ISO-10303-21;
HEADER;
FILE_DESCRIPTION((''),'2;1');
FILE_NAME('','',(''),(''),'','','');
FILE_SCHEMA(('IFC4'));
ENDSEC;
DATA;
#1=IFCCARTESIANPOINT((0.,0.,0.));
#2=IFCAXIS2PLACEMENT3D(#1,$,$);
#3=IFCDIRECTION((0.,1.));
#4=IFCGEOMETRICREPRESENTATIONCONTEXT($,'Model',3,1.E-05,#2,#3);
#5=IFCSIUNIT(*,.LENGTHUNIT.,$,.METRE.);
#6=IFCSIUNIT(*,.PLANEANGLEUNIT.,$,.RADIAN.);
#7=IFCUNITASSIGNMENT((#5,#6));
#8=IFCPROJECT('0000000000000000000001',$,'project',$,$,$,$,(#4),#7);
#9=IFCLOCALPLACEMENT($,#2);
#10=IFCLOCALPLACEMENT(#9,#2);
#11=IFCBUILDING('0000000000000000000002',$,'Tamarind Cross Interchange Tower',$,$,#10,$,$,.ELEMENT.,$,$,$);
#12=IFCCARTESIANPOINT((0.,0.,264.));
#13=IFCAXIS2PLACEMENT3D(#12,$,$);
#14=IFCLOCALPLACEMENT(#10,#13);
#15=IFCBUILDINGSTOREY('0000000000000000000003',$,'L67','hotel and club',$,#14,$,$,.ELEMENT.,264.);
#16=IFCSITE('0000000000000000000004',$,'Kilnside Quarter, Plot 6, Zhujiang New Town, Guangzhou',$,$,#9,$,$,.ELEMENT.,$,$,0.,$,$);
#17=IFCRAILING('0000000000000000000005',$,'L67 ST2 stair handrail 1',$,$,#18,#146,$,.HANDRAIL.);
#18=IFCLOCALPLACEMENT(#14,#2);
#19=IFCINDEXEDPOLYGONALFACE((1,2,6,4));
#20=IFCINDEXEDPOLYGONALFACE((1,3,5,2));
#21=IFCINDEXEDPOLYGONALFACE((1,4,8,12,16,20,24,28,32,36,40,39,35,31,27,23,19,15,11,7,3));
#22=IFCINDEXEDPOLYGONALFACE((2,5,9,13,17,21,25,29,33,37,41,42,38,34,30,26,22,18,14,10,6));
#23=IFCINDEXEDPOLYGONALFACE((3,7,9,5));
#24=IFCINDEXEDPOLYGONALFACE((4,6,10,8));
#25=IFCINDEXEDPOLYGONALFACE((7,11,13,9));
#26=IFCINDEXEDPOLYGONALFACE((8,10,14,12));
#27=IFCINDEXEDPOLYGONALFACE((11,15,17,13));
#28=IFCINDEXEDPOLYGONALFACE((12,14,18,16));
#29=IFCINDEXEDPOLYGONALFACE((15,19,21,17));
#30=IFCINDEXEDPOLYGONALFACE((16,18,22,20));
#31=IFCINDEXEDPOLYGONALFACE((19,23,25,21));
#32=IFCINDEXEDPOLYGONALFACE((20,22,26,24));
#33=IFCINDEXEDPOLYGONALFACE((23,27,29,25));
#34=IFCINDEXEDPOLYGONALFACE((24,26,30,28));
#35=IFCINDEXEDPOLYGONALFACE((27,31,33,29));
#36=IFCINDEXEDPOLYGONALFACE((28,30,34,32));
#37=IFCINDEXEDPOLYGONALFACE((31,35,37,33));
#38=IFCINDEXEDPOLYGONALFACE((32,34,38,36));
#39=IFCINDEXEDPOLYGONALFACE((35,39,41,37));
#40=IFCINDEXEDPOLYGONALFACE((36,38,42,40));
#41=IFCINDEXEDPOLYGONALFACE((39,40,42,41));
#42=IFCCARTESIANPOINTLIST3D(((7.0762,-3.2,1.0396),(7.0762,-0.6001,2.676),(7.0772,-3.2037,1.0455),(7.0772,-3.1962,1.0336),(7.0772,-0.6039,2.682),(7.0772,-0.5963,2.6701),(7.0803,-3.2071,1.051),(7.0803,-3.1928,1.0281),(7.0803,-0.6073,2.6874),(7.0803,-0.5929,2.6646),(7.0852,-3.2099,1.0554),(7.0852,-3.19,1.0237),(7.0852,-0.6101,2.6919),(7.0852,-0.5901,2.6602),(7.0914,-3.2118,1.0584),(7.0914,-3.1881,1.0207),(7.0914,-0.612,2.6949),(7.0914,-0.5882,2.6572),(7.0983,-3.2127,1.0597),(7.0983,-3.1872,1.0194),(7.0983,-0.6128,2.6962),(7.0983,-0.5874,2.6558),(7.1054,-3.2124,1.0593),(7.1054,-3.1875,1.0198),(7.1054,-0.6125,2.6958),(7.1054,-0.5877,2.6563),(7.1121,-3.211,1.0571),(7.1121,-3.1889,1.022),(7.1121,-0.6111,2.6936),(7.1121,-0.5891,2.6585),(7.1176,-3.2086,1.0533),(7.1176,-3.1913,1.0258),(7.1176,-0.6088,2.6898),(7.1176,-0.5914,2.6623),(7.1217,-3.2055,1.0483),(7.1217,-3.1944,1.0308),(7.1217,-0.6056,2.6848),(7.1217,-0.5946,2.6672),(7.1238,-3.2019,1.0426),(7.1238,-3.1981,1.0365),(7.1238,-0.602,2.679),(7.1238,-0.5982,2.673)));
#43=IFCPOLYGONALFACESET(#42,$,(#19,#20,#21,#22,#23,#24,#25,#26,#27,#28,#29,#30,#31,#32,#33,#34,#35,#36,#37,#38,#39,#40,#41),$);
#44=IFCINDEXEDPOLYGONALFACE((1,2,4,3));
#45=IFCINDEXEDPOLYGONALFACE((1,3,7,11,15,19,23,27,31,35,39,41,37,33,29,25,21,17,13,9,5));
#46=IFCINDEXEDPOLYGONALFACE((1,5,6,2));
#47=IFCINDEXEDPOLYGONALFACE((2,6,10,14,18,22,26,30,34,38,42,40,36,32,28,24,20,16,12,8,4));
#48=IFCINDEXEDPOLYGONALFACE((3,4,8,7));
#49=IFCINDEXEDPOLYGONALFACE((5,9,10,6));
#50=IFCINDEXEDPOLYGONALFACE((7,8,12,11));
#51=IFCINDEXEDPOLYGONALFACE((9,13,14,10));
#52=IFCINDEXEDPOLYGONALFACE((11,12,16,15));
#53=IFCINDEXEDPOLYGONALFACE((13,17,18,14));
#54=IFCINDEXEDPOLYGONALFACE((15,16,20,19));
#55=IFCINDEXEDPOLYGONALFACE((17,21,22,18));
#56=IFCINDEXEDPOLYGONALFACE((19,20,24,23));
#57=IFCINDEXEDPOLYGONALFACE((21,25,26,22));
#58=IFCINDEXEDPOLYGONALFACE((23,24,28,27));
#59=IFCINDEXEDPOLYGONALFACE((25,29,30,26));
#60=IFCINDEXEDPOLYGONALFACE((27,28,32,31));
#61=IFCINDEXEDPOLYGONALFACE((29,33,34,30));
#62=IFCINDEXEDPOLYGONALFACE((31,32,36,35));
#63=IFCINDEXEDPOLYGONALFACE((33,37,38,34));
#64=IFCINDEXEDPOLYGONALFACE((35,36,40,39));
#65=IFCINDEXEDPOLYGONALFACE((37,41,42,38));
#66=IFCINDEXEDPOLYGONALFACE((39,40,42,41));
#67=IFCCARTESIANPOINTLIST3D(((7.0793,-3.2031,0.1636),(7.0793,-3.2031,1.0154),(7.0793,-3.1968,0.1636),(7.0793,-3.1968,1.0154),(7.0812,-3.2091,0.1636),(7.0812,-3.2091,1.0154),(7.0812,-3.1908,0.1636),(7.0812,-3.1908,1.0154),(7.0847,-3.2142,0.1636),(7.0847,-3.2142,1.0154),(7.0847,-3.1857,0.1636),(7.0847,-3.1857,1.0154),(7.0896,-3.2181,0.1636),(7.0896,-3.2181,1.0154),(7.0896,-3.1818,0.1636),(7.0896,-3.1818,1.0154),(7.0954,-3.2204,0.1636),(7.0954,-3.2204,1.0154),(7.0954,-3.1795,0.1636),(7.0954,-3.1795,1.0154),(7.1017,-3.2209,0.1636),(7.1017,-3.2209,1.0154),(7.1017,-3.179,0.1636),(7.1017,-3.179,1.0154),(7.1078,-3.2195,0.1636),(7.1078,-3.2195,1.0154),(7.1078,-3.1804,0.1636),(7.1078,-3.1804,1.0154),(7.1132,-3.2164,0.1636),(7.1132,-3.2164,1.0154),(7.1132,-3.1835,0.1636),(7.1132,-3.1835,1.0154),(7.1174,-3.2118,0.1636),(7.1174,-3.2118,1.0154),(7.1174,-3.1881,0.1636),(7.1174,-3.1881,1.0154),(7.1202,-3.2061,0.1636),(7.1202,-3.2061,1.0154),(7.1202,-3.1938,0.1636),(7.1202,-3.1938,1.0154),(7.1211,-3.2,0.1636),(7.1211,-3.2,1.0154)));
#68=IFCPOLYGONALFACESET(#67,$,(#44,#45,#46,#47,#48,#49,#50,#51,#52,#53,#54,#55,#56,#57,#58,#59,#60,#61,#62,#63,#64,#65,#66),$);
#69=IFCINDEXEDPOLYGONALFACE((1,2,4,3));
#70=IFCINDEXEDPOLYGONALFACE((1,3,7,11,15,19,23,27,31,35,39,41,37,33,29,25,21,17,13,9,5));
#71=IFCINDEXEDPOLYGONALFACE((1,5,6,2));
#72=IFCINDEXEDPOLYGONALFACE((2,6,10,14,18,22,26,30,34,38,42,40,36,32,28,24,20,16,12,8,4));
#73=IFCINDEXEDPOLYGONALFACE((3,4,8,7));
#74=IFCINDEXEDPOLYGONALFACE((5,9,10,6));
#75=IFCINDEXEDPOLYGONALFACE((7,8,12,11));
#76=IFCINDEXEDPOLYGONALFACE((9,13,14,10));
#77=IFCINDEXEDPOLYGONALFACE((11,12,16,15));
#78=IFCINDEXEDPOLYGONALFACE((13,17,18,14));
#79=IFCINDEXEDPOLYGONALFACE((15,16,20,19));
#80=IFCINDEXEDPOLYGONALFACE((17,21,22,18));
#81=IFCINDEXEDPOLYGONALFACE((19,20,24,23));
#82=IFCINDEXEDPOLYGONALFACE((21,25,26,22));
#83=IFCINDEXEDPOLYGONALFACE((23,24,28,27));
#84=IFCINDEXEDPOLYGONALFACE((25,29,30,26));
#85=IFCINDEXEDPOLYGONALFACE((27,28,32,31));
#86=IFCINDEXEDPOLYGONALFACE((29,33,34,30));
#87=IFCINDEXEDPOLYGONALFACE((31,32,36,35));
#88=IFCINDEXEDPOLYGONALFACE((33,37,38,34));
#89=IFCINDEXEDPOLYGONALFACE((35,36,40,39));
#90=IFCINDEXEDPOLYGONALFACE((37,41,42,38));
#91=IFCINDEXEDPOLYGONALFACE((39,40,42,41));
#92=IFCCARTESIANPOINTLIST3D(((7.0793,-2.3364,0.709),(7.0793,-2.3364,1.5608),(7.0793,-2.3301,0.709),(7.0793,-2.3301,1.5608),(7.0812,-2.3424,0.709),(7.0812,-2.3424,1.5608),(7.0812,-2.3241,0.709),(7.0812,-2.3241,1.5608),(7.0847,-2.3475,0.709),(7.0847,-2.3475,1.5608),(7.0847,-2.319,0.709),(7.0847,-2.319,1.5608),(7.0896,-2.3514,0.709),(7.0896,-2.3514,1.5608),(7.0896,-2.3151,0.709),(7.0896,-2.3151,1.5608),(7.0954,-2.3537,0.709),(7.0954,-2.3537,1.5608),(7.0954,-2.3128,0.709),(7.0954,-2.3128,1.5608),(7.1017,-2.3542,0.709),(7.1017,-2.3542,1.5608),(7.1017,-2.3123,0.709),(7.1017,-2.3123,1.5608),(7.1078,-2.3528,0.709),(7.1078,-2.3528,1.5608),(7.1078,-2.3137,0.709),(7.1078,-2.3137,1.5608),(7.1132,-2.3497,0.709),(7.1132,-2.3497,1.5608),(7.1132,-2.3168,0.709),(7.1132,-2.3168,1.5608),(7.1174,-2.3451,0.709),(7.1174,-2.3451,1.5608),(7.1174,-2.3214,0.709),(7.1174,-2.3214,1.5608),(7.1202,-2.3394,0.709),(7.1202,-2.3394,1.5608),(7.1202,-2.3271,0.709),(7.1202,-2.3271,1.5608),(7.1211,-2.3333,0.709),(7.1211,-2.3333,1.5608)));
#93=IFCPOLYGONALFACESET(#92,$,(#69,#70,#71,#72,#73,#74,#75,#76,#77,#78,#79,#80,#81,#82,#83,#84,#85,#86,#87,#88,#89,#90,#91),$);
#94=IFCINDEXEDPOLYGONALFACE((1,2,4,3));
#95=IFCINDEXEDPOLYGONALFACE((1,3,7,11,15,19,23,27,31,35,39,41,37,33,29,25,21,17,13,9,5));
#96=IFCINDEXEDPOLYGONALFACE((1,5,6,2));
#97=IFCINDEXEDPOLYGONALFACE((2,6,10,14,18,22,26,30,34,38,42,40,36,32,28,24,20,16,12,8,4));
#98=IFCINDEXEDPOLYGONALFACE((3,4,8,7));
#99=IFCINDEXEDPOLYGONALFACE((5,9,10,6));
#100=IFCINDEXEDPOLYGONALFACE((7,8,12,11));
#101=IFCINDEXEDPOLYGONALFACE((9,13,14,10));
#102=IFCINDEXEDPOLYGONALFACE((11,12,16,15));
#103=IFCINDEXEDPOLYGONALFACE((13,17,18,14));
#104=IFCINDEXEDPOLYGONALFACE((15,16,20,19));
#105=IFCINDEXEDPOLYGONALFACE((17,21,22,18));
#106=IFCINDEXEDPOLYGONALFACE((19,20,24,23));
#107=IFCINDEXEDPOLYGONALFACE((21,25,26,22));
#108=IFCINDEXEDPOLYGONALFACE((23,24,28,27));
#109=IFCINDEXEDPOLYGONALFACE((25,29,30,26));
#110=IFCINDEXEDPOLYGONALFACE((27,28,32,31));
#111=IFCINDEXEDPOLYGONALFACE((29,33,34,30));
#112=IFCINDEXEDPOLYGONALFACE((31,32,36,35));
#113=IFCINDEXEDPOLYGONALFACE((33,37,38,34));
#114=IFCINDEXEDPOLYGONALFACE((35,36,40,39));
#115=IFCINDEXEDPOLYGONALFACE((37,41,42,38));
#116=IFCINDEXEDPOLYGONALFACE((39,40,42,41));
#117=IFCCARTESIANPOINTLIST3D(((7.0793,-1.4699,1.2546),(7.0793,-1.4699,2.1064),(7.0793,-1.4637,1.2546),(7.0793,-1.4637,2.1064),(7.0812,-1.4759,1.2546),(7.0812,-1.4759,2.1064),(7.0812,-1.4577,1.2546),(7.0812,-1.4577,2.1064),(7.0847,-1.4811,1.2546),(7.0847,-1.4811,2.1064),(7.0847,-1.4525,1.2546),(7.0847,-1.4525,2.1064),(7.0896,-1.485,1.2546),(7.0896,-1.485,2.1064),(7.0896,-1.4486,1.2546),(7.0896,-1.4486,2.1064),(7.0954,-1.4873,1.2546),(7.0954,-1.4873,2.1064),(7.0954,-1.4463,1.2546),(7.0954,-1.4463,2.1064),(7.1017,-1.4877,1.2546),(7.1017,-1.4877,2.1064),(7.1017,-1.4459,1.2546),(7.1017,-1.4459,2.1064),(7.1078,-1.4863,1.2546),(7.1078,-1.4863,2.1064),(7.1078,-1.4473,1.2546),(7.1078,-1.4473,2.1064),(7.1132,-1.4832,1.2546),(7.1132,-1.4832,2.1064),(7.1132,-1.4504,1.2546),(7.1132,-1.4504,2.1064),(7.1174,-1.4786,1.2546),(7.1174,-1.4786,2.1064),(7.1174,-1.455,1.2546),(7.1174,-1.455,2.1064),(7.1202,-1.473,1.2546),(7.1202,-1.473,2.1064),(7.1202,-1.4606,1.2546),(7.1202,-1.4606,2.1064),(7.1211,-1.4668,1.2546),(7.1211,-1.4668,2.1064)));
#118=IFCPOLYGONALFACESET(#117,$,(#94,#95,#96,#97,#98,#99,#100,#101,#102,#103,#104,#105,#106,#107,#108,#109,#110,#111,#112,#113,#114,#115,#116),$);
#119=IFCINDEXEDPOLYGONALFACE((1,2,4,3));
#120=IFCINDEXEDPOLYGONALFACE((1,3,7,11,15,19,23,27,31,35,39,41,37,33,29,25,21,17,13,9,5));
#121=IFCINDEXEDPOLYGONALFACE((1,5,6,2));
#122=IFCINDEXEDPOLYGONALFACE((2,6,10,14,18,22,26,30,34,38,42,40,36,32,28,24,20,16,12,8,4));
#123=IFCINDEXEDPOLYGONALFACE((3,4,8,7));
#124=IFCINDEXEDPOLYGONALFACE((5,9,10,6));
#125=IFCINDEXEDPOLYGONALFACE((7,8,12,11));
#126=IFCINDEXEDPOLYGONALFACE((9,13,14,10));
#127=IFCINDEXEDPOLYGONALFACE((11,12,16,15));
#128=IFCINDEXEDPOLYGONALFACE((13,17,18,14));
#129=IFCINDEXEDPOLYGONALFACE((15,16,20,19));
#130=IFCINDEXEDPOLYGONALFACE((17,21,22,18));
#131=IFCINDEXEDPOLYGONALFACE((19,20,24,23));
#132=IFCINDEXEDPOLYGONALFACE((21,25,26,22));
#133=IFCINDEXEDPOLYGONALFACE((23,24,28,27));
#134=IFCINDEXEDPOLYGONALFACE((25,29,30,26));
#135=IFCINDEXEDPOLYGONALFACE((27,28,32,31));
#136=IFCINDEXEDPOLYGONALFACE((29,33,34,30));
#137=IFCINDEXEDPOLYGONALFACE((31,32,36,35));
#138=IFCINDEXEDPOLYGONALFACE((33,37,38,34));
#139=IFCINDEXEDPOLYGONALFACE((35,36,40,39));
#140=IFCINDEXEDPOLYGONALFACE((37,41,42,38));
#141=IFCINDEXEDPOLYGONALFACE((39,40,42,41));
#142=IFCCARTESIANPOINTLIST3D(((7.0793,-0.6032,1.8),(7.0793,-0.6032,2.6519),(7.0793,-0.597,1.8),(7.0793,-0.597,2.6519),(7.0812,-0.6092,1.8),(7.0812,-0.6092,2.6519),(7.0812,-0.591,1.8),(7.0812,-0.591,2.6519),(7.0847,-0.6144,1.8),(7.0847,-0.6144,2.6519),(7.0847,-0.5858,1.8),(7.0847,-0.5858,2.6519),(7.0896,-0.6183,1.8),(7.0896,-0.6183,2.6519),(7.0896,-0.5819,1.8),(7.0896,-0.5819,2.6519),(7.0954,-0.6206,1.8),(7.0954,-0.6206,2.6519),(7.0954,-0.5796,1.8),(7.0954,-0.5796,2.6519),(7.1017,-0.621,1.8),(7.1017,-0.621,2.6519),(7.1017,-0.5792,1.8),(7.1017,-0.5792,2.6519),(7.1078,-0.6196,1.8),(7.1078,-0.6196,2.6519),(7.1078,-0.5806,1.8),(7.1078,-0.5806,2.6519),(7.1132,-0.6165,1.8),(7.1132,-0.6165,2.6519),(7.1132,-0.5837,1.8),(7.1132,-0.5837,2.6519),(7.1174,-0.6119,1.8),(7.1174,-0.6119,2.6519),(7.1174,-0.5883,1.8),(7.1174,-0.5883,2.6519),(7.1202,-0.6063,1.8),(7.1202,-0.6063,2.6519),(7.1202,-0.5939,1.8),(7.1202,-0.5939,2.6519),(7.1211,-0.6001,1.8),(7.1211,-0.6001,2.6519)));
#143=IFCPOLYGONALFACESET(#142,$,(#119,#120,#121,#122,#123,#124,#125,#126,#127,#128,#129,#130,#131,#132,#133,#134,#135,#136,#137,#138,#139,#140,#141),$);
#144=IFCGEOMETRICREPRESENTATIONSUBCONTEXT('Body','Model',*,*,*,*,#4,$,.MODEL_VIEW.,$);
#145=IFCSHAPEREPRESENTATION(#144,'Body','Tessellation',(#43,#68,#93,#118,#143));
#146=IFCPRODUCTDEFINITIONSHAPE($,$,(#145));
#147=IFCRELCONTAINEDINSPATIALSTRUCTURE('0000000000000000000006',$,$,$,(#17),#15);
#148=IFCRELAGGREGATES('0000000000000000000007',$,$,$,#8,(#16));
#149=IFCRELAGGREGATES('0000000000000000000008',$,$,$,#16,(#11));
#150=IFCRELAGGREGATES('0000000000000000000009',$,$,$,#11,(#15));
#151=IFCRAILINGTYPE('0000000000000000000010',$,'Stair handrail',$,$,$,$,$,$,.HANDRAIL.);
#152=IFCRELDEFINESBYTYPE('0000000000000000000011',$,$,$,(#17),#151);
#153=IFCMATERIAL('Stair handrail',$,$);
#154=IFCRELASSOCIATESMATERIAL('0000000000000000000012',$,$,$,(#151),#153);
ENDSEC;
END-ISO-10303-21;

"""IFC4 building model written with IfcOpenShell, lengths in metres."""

from ifc_helpers import new_model, si_unit, direction, frame, origin, origin_2d, place, context, subcontext, project, spatial, circle, extrude, material, type_object, element, save


model = new_model("IFC4")

# Units and contexts
model_context = context("Model", 3, precision=1e-05, world=origin(), true_north=direction((0.0, 1.0)))
body_context = subcontext(model_context, "Body", "Model", "MODEL_VIEW")
ifc_project = project(units=[si_unit("LENGTHUNIT", "METRE"), si_unit("PLANEANGLEUNIT", "RADIAN")], contexts=[model_context])

# Site, building, storey
site_placement = place(None, origin())
site = spatial("IfcSite", under=ifc_project, at=site_placement, Name="Kilnside Quarter, Plot 6, Zhujiang New Town, Guangzhou", CompositionType="ELEMENT", RefElevation=0.0)
building_placement = place(site_placement, origin())
building = spatial("IfcBuilding", under=site, at=building_placement, Name="Tamarind Cross Interchange Tower", CompositionType="ELEMENT")
storey_placement = place(building_placement, frame((0.0, 0.0, 264.0)))
storey = spatial("IfcBuildingStorey", under=building, at=storey_placement, Name="L67", Description="hotel and club", CompositionType="ELEMENT", Elevation=264.0)

# Railing
ifc_material_1 = material(Name="Stair handrail")
railing_type_1 = type_object("IfcRailingType", Name="Stair handrail", PredefinedType="HANDRAIL", material=ifc_material_1)
railing_1_placement = place(storey_placement, frame((7.1001, -3.2, 0.1636)))
element("IfcRailing", 1, at=railing_1_placement, inside=storey, type_object=railing_type_1, Name="L67 ST2 stair handrail 1", PredefinedType="HANDRAIL", context=body_context, shape_type="SweptSolid", body=[
    extrude(circle(Radius=0.0239, at=origin_2d()), frame((0.0, 0.0, 0.876), z_axis=(0.0, 0.846302, 0.532704), x_axis=(-1.0, 0.0, 0.0)), (0.0, 0.0, 1.0), 3.072),
    extrude(circle(Radius=0.021, at=origin_2d()), origin(), (0.0, 0.0, 1.0), 0.8518),
    extrude(circle(Radius=0.021, at=origin_2d()), frame((0.0, 0.8667, 0.5454)), (0.0, 0.0, 1.0), 0.8518),
    extrude(circle(Radius=0.021, at=origin_2d()), frame((0.0, 1.7332, 1.0911)), (0.0, 0.0, 1.0), 0.8518),
    extrude(circle(Radius=0.021, at=origin_2d()), frame((0.0, 2.5999, 1.6365)), (0.0, 0.0, 1.0), 0.8518),
])

save(model, "model.ifc")
